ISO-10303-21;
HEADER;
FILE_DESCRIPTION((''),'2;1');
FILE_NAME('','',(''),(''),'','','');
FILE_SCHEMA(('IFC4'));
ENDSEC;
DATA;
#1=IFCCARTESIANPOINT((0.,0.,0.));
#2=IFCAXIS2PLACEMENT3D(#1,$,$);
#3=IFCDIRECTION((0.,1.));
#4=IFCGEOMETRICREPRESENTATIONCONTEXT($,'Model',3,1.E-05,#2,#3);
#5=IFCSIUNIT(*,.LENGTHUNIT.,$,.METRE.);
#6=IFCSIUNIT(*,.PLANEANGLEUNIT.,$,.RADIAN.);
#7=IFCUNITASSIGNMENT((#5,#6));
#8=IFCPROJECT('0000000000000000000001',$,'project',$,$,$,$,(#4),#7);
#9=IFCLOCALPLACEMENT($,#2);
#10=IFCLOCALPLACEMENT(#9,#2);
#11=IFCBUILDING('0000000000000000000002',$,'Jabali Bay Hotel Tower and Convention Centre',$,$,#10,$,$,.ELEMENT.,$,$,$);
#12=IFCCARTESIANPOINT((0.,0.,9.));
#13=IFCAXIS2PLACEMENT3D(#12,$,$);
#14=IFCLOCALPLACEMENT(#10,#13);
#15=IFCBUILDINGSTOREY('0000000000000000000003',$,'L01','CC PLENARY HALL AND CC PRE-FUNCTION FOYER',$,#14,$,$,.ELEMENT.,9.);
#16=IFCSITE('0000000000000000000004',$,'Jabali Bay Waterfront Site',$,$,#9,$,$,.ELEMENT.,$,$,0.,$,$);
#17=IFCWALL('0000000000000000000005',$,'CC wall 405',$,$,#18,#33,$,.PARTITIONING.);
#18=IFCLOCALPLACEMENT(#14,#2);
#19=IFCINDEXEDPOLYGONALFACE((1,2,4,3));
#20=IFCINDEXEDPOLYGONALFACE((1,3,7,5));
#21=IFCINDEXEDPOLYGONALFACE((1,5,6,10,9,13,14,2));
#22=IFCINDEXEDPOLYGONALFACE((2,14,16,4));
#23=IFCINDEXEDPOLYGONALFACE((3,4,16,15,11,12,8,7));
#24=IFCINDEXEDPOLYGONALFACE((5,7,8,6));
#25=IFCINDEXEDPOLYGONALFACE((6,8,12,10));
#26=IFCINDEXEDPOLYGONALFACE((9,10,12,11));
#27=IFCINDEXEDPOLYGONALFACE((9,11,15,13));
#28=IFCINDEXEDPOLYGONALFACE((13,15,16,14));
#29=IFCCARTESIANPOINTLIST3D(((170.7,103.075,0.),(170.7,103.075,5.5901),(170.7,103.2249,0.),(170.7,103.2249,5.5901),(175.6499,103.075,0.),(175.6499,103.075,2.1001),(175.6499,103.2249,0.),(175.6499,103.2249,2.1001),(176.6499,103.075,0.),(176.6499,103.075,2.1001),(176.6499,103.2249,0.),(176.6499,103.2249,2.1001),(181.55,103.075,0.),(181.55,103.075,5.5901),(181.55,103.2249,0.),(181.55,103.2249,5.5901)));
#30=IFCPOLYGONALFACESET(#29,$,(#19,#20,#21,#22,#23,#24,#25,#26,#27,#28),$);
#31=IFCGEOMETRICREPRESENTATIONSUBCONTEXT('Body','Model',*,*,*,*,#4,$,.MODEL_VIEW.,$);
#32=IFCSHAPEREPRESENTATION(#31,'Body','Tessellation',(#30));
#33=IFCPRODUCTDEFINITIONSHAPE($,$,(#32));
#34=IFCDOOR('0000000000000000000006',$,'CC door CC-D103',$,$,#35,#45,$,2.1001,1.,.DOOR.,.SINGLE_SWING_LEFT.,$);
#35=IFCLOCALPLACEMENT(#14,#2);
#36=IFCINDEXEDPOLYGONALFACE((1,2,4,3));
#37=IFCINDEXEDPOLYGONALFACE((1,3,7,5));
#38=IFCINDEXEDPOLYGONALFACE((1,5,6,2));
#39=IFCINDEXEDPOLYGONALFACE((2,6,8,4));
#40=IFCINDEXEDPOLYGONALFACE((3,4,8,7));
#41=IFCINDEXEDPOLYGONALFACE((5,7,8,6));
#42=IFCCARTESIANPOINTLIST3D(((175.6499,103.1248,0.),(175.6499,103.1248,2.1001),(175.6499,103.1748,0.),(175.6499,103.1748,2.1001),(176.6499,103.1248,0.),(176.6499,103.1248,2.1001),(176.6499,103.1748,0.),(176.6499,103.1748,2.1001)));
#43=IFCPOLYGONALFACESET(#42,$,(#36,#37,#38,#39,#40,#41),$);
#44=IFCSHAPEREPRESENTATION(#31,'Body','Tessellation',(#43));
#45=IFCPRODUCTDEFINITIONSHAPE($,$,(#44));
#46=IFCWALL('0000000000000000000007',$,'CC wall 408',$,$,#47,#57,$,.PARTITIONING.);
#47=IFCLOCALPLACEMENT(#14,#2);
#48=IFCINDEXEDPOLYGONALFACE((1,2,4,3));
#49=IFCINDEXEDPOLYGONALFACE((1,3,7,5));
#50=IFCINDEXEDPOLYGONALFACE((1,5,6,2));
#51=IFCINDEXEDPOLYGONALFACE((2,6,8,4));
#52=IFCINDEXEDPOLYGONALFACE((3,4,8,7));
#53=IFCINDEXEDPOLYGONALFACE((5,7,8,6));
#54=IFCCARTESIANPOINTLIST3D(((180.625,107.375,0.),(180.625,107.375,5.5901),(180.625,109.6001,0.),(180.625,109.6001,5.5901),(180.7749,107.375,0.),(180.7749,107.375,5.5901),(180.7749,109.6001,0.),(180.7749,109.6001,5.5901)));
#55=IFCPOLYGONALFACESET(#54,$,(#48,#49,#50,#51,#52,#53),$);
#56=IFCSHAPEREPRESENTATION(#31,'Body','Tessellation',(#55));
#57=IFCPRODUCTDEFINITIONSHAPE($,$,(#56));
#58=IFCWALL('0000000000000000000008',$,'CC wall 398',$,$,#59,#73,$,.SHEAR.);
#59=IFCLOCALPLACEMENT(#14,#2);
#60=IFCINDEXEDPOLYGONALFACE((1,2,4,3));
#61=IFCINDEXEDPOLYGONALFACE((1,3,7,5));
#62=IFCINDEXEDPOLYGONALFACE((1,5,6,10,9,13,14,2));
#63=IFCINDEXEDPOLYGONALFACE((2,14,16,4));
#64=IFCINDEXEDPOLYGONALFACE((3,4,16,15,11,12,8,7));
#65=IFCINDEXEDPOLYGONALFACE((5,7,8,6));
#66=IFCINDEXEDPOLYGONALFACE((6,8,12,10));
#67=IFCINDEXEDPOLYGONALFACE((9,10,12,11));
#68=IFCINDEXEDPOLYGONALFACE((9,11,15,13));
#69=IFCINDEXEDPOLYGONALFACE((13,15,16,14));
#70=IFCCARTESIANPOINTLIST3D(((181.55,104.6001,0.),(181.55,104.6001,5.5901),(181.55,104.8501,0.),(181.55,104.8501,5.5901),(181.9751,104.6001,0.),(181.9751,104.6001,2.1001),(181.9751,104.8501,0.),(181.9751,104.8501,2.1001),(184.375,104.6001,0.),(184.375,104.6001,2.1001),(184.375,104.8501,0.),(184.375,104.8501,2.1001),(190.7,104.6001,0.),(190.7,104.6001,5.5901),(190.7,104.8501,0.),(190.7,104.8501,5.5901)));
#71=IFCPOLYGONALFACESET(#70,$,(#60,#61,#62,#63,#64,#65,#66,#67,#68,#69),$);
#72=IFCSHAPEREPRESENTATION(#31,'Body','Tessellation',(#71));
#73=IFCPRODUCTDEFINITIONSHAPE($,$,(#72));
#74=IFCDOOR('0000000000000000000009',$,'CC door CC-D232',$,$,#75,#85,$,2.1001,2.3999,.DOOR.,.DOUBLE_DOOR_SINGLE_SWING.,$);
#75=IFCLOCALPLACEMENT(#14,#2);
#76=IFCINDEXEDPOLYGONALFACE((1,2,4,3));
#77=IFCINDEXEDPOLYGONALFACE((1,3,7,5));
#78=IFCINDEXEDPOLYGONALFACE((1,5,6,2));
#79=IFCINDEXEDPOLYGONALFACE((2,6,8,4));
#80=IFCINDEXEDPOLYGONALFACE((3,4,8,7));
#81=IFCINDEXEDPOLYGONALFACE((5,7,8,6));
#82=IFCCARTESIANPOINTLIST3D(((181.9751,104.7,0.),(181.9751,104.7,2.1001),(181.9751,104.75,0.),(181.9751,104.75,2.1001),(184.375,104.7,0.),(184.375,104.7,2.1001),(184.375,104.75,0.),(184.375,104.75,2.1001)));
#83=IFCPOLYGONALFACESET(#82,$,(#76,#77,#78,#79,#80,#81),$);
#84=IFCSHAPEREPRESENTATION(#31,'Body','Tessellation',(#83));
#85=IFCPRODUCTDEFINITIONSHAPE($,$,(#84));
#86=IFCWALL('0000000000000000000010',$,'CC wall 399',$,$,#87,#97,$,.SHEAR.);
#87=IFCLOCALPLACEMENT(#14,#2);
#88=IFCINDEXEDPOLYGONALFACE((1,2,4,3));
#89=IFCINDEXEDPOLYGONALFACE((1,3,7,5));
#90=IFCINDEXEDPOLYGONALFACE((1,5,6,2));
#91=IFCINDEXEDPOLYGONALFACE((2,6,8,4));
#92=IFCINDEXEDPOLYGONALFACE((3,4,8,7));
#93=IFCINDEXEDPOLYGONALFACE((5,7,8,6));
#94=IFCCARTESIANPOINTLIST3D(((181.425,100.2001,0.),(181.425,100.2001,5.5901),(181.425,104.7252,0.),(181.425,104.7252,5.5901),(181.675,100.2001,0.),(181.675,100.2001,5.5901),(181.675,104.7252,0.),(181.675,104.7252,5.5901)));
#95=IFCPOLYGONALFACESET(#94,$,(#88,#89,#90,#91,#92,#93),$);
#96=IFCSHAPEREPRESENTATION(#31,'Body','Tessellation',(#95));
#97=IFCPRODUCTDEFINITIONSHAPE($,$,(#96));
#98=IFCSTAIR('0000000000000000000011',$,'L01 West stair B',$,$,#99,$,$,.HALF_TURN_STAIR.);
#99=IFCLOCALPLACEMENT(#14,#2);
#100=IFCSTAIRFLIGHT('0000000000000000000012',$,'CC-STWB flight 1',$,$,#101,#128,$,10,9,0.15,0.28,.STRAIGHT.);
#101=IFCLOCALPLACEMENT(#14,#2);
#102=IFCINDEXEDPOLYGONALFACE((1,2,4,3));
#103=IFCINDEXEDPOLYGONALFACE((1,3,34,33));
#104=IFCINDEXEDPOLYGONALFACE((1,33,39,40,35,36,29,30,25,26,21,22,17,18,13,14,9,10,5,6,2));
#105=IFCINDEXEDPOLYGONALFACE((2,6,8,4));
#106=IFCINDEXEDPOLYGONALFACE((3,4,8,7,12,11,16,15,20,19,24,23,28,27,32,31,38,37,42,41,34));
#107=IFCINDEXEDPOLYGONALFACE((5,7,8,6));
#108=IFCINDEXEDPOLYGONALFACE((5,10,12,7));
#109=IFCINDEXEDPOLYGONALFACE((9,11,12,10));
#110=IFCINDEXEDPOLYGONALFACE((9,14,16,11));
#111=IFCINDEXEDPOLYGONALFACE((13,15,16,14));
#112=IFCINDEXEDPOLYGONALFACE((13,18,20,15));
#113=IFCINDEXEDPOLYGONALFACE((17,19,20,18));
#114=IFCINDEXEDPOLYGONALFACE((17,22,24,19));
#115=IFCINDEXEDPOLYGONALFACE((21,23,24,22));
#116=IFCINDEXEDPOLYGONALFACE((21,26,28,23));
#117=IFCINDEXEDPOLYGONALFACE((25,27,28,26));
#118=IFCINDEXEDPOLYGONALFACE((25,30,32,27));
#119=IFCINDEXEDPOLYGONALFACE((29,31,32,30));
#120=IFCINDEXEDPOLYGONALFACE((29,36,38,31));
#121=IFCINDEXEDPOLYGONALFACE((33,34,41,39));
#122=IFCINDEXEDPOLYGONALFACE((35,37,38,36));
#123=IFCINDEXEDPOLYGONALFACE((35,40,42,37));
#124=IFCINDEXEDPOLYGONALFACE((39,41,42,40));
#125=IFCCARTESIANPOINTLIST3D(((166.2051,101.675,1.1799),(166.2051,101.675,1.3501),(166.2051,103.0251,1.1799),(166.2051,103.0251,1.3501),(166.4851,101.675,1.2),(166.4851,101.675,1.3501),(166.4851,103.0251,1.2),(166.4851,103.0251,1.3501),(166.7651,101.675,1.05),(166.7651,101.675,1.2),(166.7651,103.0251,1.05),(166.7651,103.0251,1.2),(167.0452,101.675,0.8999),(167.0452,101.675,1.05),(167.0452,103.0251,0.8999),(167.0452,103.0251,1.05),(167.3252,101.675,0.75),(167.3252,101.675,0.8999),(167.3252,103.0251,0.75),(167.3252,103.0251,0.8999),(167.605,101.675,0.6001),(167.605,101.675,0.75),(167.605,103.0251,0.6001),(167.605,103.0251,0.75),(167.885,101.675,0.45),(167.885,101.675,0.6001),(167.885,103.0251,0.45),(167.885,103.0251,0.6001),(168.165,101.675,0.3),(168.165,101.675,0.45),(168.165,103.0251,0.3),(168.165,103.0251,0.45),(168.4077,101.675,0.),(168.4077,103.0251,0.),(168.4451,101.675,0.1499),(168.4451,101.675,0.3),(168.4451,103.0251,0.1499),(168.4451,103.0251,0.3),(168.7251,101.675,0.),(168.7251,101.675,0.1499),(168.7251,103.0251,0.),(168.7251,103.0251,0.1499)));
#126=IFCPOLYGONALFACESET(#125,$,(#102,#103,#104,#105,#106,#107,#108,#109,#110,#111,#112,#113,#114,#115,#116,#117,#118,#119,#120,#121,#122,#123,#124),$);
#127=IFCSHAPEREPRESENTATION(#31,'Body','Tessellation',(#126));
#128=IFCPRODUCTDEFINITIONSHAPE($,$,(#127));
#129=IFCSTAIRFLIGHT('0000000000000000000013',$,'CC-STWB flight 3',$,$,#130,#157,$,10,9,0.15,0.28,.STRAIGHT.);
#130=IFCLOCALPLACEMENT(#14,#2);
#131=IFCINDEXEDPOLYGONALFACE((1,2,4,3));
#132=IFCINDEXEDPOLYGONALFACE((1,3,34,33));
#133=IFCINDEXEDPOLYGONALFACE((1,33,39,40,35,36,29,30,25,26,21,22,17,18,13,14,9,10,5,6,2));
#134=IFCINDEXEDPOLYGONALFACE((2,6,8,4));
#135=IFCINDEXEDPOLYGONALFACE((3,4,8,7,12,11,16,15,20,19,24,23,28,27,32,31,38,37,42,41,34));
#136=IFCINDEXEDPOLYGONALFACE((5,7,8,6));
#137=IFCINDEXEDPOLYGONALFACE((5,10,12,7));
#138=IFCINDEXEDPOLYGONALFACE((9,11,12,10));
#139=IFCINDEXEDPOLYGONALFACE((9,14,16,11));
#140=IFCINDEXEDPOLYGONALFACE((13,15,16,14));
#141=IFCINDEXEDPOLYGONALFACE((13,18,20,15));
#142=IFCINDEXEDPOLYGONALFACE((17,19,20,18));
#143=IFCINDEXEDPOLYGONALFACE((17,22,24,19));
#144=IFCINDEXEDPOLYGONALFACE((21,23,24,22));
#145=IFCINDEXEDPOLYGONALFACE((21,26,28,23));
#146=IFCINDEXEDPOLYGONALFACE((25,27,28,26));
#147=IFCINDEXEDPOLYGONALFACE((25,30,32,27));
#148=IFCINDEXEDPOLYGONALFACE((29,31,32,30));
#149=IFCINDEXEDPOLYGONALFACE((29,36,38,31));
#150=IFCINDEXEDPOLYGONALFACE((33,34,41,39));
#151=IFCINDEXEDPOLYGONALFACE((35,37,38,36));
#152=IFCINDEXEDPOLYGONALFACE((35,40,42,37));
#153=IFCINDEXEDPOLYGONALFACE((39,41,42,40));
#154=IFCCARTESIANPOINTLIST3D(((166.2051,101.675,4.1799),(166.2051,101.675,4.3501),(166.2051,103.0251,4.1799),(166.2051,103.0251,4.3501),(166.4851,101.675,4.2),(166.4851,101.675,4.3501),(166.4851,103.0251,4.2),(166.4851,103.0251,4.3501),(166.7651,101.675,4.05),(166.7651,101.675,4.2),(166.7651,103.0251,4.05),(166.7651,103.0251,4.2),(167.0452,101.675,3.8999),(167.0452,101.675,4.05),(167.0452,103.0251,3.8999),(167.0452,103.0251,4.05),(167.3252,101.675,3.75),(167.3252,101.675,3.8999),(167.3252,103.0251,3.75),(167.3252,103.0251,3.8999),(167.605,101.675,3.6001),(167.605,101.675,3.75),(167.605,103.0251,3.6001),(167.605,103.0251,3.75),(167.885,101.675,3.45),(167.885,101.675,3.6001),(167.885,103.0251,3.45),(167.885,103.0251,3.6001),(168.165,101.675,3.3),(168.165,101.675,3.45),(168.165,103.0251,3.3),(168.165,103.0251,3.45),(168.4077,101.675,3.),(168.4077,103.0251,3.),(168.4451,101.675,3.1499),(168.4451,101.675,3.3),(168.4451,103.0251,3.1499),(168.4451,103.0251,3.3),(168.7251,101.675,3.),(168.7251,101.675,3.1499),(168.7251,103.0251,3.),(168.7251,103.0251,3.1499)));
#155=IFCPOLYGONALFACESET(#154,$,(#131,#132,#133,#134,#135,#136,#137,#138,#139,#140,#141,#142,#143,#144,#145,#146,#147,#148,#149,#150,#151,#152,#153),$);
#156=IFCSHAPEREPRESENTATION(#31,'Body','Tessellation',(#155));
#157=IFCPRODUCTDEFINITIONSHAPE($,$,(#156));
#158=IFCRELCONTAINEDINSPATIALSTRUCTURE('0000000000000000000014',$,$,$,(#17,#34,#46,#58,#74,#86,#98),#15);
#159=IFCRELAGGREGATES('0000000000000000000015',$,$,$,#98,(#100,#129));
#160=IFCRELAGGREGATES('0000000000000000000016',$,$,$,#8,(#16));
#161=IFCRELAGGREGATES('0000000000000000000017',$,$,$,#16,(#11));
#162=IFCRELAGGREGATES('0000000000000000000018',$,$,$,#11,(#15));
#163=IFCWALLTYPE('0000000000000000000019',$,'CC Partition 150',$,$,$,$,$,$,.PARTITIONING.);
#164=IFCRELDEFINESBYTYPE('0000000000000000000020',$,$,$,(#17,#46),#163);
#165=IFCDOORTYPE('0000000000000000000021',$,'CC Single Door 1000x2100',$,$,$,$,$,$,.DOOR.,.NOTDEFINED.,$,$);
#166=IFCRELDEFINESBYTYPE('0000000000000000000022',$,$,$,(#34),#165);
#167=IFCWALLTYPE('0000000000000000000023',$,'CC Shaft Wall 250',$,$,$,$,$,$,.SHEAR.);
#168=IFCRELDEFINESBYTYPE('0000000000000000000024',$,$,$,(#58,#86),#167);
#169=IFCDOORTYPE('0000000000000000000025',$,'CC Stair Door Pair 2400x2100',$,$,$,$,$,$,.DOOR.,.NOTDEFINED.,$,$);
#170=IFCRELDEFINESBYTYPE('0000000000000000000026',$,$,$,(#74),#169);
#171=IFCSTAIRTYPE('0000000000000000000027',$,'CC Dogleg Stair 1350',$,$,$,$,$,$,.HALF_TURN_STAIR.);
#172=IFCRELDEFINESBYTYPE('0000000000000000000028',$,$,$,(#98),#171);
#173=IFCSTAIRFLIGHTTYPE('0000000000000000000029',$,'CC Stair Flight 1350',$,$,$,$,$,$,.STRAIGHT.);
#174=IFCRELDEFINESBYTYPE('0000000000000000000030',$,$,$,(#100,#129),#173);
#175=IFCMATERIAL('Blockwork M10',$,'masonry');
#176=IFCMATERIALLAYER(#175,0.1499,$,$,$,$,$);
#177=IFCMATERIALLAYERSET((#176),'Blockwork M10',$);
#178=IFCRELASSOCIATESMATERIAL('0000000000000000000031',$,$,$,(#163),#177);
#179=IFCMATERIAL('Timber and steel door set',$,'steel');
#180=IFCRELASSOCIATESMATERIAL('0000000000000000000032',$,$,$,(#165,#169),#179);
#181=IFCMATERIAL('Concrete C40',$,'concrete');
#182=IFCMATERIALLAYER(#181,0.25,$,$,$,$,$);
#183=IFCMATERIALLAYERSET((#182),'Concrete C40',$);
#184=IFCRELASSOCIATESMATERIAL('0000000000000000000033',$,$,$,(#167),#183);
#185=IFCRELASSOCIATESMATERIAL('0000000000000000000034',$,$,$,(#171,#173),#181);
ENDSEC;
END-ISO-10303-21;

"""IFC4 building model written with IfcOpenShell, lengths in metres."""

from ifc_helpers import new_model, si_unit, direction, frame, frame_2d, origin, place, context, subcontext, project, spatial, polyline, rectangle, outline, extrude, material, layer, layer_set, type_object, element, fill, aggregate, save


model = new_model("IFC4")

# Units and contexts
model_context = context("Model", 3, precision=1e-05, world=origin(), true_north=direction((0.0, 1.0)))
body_context = subcontext(model_context, "Body", "Model", "MODEL_VIEW")
ifc_project = project(units=[si_unit("LENGTHUNIT", "METRE"), si_unit("PLANEANGLEUNIT", "RADIAN")], contexts=[model_context])

# Site, building, storey
site_placement = place(None, origin())
site = spatial("IfcSite", under=ifc_project, at=site_placement, Name="Jabali Bay Waterfront Site", CompositionType="ELEMENT", RefElevation=0.0)
building_placement = place(site_placement, origin())
building = spatial("IfcBuilding", under=site, at=building_placement, Name="Jabali Bay Hotel Tower and Convention Centre", CompositionType="ELEMENT")
storey_placement = place(building_placement, frame((0.0, 0.0, 9.0)))
storey = spatial("IfcBuildingStorey", under=building, at=storey_placement, Name="L01", Description="CC PLENARY HALL AND CC PRE-FUNCTION FOYER", CompositionType="ELEMENT", Elevation=9.0)

# Shared definitions
ifc_material_1 = material(Name="Timber and steel door set", Category="steel")

# Shared definitions
ifc_material_2 = material(Name="Concrete C40", Category="concrete")

# Wall, opening, door
ifc_material_3 = material(Name="Blockwork M10", Category="masonry")
ifc_layer_1 = layer(ifc_material_3, 0.1499)
ifc_layer_set_1 = layer_set([ifc_layer_1], Name="Blockwork M10")
wall_type_1 = type_object("IfcWallType", Name="CC Partition 150", PredefinedType="PARTITIONING", material=ifc_layer_set_1)
wall_1_placement = place(storey_placement, frame((170.7, 103.1499, 0.0), z_axis=(0.0, 0.0, 1.0), x_axis=(1.0, 0.0, 0.0)))
wall_1 = element("IfcWall", 1, at=wall_1_placement, inside=storey, type_object=wall_type_1, Name="CC wall 405", PredefinedType="PARTITIONING", context=body_context, shape_type="SweptSolid", body=[
    extrude(rectangle(XDim=10.8501, YDim=0.1499, at=frame_2d((5.425, 0.0))), origin(), (0.0, 0.0, 1.0), 5.5901),
])
opening_1_placement = place(wall_1_placement, frame((4.95, 0.0, 0.0)))
opening_1 = element("IfcOpeningElement", 2, at=opening_1_placement, cuts=wall_1, PredefinedType="OPENING", context=body_context, shape_type="SweptSolid", body=[
    extrude(rectangle(XDim=1.0, YDim=2.1001, at=frame_2d((0.5, 1.05))), frame((0.0, 0.0854, 0.0), z_axis=(0.0, -1.0, 0.0), x_axis=(1.0, 0.0, 0.0)), (0.0, 0.0, 1.0), 0.1709),
])
door_type_1 = type_object("IfcDoorType", Name="CC Single Door 1000x2100", OperationType="NOTDEFINED", PredefinedType="DOOR", material=ifc_material_1)
door_1_placement = place(opening_1_placement, origin())
door_1 = element("IfcDoor", 3, at=door_1_placement, inside=storey, type_object=door_type_1, Name="CC door CC-D103", OperationType="SINGLE_SWING_LEFT", OverallHeight=2.1001, OverallWidth=1.0, PredefinedType="DOOR", context=body_context, shape_type="SweptSolid", body=[
    extrude(rectangle(XDim=1.0, YDim=2.1001, at=frame_2d((0.5, 1.05))), frame((0.0, 0.0249, 0.0), z_axis=(0.0, -1.0, 0.0), x_axis=(1.0, 0.0, 0.0)), (0.0, 0.0, 1.0), 0.05),
])
fill(opening_1, door_1)

# Wall
wall_2_placement = place(storey_placement, frame((180.7, 107.375, 0.0), z_axis=(0.0, 0.0, 1.0), x_axis=(0.0, 1.0, 0.0)))
element("IfcWall", 4, at=wall_2_placement, inside=storey, type_object=wall_type_1, Name="CC wall 408", PredefinedType="PARTITIONING", context=body_context, shape_type="SweptSolid", body=[
    extrude(rectangle(XDim=2.2251, YDim=0.1499, at=frame_2d((1.1125, 0.0))), origin(), (0.0, 0.0, 1.0), 5.5901),
])

# Wall, opening, door
ifc_layer_2 = layer(ifc_material_2, 0.25)
ifc_layer_set_2 = layer_set([ifc_layer_2], Name="Concrete C40")
wall_type_2 = type_object("IfcWallType", Name="CC Shaft Wall 250", PredefinedType="SHEAR", material=ifc_layer_set_2)
wall_3_placement = place(storey_placement, frame((181.55, 104.7251, 0.0), z_axis=(0.0, 0.0, 1.0), x_axis=(1.0, 0.0, 0.0)))
wall_3 = element("IfcWall", 5, at=wall_3_placement, inside=storey, type_object=wall_type_2, Name="CC wall 398", PredefinedType="SHEAR", context=body_context, shape_type="SweptSolid", body=[
    extrude(rectangle(XDim=9.1499, YDim=0.25, at=frame_2d((4.575, 0.0))), origin(), (0.0, 0.0, 1.0), 5.5901),
])
opening_2_placement = place(wall_3_placement, frame((0.425, 0.0, 0.0)))
opening_2 = element("IfcOpeningElement", 6, at=opening_2_placement, cuts=wall_3, PredefinedType="OPENING", context=body_context, shape_type="SweptSolid", body=[
    extrude(rectangle(XDim=2.3999, YDim=2.1001, at=frame_2d((1.2, 1.05))), frame((0.0, 0.1355, 0.0), z_axis=(0.0, -1.0, 0.0), x_axis=(1.0, 0.0, 0.0)), (0.0, 0.0, 1.0), 0.271),
])
door_type_2 = type_object("IfcDoorType", Name="CC Stair Door Pair 2400x2100", OperationType="NOTDEFINED", PredefinedType="DOOR", material=ifc_material_1)
door_2_placement = place(opening_2_placement, origin())
door_2 = element("IfcDoor", 7, at=door_2_placement, inside=storey, type_object=door_type_2, Name="CC door CC-D232", OperationType="DOUBLE_DOOR_SINGLE_SWING", OverallHeight=2.1001, OverallWidth=2.3999, PredefinedType="DOOR", context=body_context, shape_type="SweptSolid", body=[
    extrude(rectangle(XDim=2.3999, YDim=2.1001, at=frame_2d((1.2, 1.05))), frame((0.0, 0.0249, 0.0), z_axis=(0.0, -1.0, 0.0), x_axis=(1.0, 0.0, 0.0)), (0.0, 0.0, 1.0), 0.05),
])
fill(opening_2, door_2)

# Wall
wall_4_placement = place(storey_placement, frame((181.55, 100.2, 0.0), z_axis=(0.0, 0.0, 1.0), x_axis=(0.0, 1.0, 0.0)))
element("IfcWall", 8, at=wall_4_placement, inside=storey, type_object=wall_type_2, Name="CC wall 399", PredefinedType="SHEAR", context=body_context, shape_type="SweptSolid", body=[
    extrude(rectangle(XDim=4.5251, YDim=0.25, at=frame_2d((2.2627, 0.0))), origin(), (0.0, 0.0, 1.0), 5.5901),
])

# Stair, stair flights
stair_type = type_object("IfcStairType", Name="CC Dogleg Stair 1350", PredefinedType="HALF_TURN_STAIR", material=ifc_material_2)
stair_1_placement = place(storey_placement, origin())
stair_1 = element("IfcStair", 9, at=stair_1_placement, inside=storey, type_object=stair_type, Name="L01 West stair B", PredefinedType="HALF_TURN_STAIR")
stair_flight_type = type_object("IfcStairFlightType", Name="CC Stair Flight 1350", PredefinedType="STRAIGHT", material=ifc_material_2)
stair_flight_1_placement = place(storey_placement, frame((168.7251, 102.3501, 0.0), z_axis=(0.0, 0.0, 1.0), x_axis=(-1.0, 0.0, 0.0)))
stair_flight_1 = element("IfcStairFlight", 10, at=stair_flight_1_placement, type_object=stair_flight_type, Name="CC-STWB flight 1", NumberOfRisers=10, NumberOfTreads=9, PredefinedType="STRAIGHT", RiserHeight=0.15, TreadLength=0.28, context=body_context, shape_type="SweptSolid", body=[
    extrude(outline(polyline([(0.0, 0.0), (0.0, 0.1499), (0.28, 0.1499), (0.28, 0.3), (0.5601, 0.3), (0.5601, 0.45), (0.8401, 0.45), (0.8401, 0.6001), (1.1201, 0.6001), (1.1201, 0.75), (1.3999, 0.75), (1.3999, 0.8999), (1.6799, 0.8999), (1.6799, 1.05), (1.96, 1.05), (1.96, 1.2), (2.24, 1.2), (2.24, 1.3501), (2.52, 1.3501), (2.52, 1.5), (2.52, 1.1799), (0.3174, 0.0), (0.0, 0.0)])), frame((0.0, 0.675, 0.0), z_axis=(0.0, -1.0, 0.0), x_axis=(1.0, 0.0, 0.0)), (0.0, 0.0, 1.0), 1.3501),
])
stair_flight_2_placement = place(storey_placement, frame((168.7251, 102.3501, 3.0), z_axis=(0.0, 0.0, 1.0), x_axis=(-1.0, 0.0, 0.0)))
stair_flight_2 = element("IfcStairFlight", 11, at=stair_flight_2_placement, type_object=stair_flight_type, Name="CC-STWB flight 3", NumberOfRisers=10, NumberOfTreads=9, PredefinedType="STRAIGHT", RiserHeight=0.15, TreadLength=0.28, context=body_context, shape_type="SweptSolid", body=[
    extrude(outline(polyline([(0.0, 0.0), (0.0, 0.1499), (0.28, 0.1499), (0.28, 0.3), (0.5601, 0.3), (0.5601, 0.45), (0.8401, 0.45), (0.8401, 0.6001), (1.1201, 0.6001), (1.1201, 0.75), (1.3999, 0.75), (1.3999, 0.8999), (1.6799, 0.8999), (1.6799, 1.05), (1.96, 1.05), (1.96, 1.2), (2.24, 1.2), (2.24, 1.3501), (2.52, 1.3501), (2.52, 1.5), (2.52, 1.1799), (0.3174, 0.0), (0.0, 0.0)])), frame((0.0, 0.675, 0.0), z_axis=(0.0, -1.0, 0.0), x_axis=(1.0, 0.0, 0.0)), (0.0, 0.0, 1.0), 1.3501),
])
aggregate(stair_1, [stair_flight_1, stair_flight_2])

save(model, "model.ifc")
